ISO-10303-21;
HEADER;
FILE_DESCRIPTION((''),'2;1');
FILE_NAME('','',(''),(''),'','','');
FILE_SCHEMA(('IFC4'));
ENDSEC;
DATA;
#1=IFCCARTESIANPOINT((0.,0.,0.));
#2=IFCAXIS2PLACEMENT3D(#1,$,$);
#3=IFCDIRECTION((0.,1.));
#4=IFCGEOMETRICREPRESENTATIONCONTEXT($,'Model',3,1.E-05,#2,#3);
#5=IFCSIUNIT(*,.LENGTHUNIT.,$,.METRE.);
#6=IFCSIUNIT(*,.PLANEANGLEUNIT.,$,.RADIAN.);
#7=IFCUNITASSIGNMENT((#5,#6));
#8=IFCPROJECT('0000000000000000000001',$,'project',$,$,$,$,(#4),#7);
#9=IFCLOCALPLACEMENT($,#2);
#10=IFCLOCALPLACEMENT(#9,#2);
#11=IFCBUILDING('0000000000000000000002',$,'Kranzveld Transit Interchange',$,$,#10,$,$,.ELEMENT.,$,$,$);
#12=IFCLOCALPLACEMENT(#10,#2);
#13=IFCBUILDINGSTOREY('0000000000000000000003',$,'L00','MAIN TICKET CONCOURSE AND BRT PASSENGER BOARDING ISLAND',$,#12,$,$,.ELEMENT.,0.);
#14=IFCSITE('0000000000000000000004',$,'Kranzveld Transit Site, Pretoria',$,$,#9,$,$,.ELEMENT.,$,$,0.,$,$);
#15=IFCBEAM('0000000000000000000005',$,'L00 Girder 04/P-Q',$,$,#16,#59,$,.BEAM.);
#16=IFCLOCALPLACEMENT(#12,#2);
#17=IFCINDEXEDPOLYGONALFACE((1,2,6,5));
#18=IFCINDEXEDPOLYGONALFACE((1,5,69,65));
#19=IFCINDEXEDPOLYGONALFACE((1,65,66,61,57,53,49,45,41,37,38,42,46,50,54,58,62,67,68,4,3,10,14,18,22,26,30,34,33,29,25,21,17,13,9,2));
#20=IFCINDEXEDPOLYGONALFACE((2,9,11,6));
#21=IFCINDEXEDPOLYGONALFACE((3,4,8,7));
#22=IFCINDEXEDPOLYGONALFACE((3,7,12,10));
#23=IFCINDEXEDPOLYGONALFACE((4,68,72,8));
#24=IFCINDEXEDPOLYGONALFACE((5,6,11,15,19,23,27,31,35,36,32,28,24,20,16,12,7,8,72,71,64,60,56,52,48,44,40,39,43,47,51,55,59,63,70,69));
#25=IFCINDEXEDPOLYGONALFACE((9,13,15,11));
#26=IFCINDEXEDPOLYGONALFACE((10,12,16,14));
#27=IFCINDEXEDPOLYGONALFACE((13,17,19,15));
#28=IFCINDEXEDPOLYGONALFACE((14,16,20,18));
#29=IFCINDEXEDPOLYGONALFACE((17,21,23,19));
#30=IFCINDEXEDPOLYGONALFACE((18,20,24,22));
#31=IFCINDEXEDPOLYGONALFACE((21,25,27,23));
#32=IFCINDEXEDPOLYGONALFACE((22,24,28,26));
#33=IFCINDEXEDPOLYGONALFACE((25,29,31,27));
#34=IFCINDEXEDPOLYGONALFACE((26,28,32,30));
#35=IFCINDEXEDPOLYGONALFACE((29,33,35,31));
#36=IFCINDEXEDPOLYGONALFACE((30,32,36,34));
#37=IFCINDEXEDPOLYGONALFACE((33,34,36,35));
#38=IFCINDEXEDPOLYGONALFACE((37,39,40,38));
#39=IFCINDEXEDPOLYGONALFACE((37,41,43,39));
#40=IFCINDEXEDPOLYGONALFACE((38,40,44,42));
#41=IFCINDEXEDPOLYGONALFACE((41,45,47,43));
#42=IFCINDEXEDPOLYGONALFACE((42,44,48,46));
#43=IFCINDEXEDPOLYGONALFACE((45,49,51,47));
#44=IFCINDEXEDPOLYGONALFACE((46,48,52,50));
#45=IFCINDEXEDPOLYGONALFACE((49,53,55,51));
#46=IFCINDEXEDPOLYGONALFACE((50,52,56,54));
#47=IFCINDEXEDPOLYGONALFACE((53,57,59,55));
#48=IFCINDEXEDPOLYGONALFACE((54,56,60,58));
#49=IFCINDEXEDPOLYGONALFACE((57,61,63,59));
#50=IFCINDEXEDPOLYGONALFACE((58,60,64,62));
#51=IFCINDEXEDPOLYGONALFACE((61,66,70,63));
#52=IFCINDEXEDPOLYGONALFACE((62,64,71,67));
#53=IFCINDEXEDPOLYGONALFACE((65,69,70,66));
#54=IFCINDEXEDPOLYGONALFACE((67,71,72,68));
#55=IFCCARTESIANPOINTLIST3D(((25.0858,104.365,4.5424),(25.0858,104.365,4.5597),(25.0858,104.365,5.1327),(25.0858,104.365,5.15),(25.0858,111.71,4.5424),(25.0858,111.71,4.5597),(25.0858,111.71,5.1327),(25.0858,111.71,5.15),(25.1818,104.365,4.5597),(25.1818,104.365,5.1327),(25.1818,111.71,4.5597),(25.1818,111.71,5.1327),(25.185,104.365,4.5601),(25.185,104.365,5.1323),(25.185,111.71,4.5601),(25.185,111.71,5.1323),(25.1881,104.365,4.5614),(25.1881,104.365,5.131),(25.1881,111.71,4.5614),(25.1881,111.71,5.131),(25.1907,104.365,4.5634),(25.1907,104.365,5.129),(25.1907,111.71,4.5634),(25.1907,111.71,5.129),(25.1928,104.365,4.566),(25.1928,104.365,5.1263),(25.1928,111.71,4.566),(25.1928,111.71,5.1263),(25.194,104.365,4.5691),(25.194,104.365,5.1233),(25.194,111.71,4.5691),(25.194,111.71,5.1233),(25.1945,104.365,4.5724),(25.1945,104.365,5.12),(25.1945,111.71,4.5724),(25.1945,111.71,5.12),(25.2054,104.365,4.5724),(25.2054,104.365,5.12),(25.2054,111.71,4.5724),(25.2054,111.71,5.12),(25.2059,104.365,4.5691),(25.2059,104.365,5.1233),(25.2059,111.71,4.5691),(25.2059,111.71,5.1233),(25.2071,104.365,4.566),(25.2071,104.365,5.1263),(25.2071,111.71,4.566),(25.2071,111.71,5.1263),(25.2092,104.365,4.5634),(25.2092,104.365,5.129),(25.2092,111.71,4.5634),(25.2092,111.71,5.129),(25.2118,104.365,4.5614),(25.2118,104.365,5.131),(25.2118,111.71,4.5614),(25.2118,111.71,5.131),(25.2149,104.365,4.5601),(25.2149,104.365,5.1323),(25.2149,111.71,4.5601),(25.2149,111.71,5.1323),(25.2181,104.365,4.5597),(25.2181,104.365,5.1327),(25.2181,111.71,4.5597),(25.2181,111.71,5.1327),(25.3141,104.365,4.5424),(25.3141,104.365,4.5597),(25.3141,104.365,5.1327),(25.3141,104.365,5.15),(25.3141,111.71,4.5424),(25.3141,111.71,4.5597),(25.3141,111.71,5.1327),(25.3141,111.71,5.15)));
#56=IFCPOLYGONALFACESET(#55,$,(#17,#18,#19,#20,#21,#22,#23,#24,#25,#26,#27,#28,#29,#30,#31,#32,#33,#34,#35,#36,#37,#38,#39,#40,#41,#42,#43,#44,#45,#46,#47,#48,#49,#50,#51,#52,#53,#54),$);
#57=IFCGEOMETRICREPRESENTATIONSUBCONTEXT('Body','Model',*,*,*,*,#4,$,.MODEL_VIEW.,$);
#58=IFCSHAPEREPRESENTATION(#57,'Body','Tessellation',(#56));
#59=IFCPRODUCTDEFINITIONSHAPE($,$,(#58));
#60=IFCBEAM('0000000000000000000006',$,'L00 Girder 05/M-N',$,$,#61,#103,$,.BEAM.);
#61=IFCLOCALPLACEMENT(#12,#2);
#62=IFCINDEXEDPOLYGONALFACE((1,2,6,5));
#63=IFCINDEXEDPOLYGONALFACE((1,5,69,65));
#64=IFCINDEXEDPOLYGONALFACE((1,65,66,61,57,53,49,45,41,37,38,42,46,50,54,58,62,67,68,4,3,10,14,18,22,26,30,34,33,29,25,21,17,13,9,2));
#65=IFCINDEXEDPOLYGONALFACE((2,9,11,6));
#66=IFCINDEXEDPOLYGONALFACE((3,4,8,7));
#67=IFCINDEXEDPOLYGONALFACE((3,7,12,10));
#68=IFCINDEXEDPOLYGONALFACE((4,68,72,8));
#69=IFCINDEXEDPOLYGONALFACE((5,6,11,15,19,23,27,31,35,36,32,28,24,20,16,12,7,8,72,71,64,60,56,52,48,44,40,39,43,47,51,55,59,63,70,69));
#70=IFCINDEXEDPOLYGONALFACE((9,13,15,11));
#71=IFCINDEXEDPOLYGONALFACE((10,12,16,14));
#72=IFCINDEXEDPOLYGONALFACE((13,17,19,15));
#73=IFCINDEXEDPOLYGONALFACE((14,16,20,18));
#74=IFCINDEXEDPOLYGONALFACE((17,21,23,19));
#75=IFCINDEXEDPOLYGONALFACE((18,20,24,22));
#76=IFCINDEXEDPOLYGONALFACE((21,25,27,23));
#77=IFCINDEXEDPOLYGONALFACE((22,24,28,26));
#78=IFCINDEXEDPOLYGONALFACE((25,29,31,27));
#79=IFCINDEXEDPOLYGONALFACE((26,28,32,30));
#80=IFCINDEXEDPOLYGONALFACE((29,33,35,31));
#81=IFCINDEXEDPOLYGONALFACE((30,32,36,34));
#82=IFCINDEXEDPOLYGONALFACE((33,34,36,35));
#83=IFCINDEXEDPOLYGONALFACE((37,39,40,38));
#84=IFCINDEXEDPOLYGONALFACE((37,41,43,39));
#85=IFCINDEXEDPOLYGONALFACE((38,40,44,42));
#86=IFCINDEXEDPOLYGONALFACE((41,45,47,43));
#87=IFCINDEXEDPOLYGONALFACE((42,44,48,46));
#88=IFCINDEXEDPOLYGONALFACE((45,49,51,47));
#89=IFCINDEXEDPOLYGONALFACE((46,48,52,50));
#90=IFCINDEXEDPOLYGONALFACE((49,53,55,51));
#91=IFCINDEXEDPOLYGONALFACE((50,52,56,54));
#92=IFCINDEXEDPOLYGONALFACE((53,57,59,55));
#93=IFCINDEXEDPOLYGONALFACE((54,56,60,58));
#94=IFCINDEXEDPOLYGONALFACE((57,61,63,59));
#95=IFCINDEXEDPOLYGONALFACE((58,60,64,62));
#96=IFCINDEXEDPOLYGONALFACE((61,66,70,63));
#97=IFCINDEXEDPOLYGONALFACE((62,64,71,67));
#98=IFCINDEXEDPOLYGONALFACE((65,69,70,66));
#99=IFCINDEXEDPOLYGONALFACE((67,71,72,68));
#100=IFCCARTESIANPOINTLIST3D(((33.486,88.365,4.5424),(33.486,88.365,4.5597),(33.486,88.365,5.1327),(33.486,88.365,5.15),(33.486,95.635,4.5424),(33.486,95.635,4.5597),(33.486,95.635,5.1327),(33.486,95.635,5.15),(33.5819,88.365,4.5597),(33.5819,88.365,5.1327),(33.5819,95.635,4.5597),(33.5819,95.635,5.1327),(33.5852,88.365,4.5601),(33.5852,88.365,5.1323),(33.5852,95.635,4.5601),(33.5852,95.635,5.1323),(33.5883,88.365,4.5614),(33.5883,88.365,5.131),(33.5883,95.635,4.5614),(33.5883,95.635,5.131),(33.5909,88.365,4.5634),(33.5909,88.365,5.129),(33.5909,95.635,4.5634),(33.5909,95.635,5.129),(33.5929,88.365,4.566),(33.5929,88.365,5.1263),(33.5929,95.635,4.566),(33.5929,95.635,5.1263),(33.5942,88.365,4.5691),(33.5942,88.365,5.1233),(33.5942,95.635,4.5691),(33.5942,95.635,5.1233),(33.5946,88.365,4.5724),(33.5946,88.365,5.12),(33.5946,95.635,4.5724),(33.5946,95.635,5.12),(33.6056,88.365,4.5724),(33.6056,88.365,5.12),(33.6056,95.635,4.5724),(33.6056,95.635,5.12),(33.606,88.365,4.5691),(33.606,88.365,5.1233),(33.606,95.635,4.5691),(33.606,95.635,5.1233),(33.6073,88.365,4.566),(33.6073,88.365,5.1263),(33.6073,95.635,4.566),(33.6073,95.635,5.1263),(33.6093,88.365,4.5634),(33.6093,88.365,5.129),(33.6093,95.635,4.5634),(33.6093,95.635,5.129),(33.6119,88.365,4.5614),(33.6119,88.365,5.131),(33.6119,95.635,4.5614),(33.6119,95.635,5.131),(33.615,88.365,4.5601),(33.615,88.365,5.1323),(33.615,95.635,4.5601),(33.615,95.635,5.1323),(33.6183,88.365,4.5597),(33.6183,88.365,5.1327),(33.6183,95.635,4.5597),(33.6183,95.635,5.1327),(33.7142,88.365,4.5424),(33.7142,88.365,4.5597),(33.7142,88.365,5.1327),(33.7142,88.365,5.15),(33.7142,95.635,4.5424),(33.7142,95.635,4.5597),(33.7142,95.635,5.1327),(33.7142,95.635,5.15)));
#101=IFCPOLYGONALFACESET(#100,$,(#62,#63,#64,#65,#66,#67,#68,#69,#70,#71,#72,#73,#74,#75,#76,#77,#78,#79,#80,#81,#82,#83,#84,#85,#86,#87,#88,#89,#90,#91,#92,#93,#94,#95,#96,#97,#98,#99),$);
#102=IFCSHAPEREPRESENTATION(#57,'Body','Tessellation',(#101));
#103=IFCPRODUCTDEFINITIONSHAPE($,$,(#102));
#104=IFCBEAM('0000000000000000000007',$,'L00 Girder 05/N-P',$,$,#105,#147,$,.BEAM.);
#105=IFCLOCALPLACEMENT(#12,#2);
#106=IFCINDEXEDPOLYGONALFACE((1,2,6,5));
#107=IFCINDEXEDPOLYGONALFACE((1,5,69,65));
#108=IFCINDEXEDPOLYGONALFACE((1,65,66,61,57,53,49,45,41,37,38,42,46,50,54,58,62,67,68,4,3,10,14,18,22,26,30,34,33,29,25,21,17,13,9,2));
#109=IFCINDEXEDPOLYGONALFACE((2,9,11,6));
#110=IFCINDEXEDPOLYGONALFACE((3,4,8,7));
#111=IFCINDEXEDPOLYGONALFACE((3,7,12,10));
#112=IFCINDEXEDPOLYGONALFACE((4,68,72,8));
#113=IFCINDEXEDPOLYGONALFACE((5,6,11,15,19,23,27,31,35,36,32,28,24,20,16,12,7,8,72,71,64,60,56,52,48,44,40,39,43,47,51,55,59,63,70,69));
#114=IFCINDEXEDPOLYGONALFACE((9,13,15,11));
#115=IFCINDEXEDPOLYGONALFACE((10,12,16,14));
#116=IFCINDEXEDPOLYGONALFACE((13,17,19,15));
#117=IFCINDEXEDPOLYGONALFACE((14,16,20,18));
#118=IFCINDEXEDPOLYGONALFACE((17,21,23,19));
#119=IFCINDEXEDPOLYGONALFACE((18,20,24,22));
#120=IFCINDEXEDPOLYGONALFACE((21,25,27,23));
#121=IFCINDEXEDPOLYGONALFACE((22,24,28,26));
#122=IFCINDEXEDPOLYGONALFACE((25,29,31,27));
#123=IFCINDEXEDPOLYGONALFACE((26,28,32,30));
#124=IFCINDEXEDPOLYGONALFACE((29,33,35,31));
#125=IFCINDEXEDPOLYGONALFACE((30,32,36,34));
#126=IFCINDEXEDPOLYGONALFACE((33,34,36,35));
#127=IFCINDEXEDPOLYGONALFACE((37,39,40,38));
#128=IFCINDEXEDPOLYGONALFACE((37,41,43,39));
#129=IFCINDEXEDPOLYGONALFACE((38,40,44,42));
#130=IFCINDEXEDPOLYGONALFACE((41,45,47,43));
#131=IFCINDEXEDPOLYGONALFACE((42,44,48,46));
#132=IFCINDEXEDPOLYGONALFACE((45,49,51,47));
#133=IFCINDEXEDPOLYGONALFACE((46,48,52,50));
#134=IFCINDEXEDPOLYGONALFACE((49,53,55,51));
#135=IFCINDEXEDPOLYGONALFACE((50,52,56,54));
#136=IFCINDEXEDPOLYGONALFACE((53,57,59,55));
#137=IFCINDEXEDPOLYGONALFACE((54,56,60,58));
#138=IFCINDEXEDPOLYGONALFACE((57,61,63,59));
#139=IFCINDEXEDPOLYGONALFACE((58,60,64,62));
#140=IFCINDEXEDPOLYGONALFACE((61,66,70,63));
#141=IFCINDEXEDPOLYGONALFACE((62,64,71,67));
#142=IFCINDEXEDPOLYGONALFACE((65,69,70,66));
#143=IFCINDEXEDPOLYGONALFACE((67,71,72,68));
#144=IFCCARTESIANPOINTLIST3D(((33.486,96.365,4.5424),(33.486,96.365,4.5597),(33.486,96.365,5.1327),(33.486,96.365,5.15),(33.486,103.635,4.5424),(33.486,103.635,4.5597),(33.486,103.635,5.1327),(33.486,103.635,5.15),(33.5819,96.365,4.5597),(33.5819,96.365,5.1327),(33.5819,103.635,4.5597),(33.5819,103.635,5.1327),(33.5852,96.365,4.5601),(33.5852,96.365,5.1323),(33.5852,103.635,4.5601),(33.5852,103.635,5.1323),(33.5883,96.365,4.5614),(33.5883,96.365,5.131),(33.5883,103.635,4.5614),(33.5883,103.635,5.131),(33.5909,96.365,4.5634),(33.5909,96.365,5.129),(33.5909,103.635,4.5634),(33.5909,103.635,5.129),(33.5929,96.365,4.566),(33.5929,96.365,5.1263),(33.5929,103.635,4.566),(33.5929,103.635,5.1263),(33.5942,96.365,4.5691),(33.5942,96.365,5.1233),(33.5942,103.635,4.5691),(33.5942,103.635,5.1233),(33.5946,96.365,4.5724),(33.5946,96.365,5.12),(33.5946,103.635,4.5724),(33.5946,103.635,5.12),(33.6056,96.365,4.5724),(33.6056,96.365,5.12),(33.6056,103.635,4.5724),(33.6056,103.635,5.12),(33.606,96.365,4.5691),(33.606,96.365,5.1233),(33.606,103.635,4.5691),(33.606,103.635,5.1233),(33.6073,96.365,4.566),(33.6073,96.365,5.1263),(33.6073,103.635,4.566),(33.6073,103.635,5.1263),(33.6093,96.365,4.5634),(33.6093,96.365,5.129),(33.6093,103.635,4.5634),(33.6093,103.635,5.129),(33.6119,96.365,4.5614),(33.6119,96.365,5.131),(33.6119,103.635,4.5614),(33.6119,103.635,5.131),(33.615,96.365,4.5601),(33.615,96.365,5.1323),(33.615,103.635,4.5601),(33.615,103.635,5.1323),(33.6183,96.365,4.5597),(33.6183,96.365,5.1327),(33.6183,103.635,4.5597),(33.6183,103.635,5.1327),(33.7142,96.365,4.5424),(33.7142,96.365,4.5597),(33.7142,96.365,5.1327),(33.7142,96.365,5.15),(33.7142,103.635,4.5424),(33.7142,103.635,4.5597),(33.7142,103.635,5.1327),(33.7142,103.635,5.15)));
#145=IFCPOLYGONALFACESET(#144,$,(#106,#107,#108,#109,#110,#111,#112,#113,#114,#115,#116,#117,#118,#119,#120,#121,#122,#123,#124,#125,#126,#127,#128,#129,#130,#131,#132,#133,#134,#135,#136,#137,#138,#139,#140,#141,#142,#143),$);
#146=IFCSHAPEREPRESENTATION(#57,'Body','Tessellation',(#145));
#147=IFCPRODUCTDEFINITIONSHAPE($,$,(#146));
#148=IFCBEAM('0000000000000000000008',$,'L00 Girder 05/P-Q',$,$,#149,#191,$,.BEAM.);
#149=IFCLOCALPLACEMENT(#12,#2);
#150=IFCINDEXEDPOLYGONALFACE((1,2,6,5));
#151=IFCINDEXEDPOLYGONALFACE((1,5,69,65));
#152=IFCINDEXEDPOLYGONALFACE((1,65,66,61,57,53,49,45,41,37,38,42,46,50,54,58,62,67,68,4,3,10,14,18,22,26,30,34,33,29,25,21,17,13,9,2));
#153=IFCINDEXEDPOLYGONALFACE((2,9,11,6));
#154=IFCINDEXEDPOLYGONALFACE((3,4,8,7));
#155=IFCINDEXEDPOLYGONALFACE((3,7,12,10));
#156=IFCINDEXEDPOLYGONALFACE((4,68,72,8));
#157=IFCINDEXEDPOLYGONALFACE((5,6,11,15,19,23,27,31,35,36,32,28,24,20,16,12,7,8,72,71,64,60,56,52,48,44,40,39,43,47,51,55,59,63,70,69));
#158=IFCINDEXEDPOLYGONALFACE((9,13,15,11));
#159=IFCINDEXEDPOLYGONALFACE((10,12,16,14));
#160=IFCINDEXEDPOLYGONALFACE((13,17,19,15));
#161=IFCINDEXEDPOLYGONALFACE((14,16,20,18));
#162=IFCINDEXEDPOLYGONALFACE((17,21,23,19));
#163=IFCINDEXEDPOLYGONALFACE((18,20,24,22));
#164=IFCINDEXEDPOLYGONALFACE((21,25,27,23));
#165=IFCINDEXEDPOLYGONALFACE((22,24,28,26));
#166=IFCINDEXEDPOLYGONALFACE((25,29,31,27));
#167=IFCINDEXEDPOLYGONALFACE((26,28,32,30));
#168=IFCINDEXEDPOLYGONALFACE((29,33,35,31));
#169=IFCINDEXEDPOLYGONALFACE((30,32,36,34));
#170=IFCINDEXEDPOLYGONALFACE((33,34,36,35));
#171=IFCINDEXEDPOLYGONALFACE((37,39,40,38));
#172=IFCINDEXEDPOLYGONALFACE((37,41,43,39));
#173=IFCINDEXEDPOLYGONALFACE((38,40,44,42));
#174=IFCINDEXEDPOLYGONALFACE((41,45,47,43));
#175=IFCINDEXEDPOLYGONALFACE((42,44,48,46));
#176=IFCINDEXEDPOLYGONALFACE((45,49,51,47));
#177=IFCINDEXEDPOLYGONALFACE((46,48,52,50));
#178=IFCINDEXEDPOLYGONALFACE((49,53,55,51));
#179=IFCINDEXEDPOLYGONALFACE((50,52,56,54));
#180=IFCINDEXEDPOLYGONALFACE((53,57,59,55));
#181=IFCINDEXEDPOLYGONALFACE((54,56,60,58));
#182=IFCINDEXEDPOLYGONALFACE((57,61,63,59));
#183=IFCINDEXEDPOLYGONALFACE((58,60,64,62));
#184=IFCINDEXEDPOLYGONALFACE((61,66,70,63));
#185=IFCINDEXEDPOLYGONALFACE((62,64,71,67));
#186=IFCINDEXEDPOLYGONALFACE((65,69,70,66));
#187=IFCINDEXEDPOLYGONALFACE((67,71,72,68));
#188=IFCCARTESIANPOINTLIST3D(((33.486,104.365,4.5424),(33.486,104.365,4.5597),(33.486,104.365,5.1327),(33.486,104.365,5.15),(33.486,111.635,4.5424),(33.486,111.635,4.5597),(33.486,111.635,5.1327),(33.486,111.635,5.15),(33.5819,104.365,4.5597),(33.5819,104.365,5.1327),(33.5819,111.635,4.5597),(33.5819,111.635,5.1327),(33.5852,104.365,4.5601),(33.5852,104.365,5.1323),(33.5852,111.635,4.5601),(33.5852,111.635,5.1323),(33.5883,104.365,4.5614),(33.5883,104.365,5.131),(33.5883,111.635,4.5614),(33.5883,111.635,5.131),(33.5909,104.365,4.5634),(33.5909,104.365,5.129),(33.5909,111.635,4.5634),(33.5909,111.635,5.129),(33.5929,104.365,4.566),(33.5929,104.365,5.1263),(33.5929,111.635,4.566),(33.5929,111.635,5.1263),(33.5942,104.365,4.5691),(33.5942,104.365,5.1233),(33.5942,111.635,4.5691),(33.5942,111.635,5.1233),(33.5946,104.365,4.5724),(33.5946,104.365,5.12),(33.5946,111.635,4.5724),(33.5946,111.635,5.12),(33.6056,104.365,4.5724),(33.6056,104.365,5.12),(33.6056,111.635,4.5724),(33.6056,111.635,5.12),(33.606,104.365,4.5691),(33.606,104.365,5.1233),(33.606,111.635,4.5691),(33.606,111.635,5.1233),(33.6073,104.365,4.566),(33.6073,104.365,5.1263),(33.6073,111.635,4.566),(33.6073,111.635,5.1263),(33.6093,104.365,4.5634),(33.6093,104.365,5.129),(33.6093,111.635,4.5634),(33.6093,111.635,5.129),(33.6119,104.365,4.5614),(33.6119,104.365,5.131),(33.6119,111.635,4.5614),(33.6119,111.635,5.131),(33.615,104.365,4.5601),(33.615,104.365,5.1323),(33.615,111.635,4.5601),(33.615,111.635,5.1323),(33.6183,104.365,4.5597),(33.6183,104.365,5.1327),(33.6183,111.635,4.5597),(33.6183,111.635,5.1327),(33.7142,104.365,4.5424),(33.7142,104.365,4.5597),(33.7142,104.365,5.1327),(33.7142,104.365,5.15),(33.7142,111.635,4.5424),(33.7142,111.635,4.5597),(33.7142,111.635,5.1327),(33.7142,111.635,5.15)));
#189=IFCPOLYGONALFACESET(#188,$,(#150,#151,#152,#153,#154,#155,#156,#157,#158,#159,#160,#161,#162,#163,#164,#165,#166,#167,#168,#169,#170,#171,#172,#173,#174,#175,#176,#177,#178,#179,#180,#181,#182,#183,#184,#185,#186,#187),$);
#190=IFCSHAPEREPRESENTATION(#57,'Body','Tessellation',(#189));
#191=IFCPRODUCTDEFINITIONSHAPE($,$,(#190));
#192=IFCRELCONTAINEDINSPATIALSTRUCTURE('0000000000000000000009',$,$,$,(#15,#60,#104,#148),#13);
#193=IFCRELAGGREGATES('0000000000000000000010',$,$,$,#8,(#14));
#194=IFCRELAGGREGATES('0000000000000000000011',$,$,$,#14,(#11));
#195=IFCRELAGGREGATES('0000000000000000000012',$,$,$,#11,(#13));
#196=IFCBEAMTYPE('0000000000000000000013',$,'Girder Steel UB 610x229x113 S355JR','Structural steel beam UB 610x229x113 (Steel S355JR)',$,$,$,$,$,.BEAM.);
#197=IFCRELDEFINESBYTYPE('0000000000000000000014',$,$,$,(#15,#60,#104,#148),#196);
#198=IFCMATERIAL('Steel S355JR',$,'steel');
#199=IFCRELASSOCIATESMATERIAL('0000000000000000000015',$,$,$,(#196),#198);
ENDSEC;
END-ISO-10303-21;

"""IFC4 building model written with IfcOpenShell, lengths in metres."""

from ifc_helpers import new_model, si_unit, direction, frame, origin, origin_2d, place, context, subcontext, project, spatial, i_section, extrude, material, material_profile, profile_set, type_object, element, save


model = new_model("IFC4")

# Units and contexts
model_context = context("Model", 3, precision=1e-05, world=origin(), true_north=direction((0.0, 1.0)))
body_context = subcontext(model_context, "Body", "Model", "MODEL_VIEW")
ifc_project = project(units=[si_unit("LENGTHUNIT", "METRE"), si_unit("PLANEANGLEUNIT", "RADIAN")], contexts=[model_context])

# Site, building, storey
site_placement = place(None, origin())
site = spatial("IfcSite", under=ifc_project, at=site_placement, Name="Kranzveld Transit Site, Pretoria", CompositionType="ELEMENT", RefElevation=0.0)
building_placement = place(site_placement, origin())
building = spatial("IfcBuilding", under=site, at=building_placement, Name="Kranzveld Transit Interchange", CompositionType="ELEMENT")
storey_placement = place(building_placement, origin())
storey = spatial("IfcBuildingStorey", under=building, at=storey_placement, Name="L00", Description="MAIN TICKET CONCOURSE AND BRT PASSENGER BOARDING ISLAND", CompositionType="ELEMENT", Elevation=0.0)

# Beams
ifc_material_1 = material(Name="Steel S355JR", Category="steel")
ifc_material_profile_1 = material_profile(ifc_material_1, i_section(OverallWidth=0.2283, OverallDepth=0.6077, WebThickness=0.011, FlangeThickness=0.0173, FilletRadius=0.0127, at=origin_2d()), Name="UB 610x229x113")
ifc_profile_set_1 = profile_set([ifc_material_profile_1], Name="Steel S355JR")
beam_type_1 = type_object("IfcBeamType", Name="Girder Steel UB 610x229x113 S355JR", Description="Structural steel beam UB 610x229x113 (Steel S355JR)", PredefinedType="BEAM", material=ifc_profile_set_1)
beam_1_placement = place(storey_placement, frame((25.2, 104.365, 4.8462), z_axis=(0.0, 1.0, 0.0), x_axis=(-1.0, 0.0, 0.0)))
element("IfcBeam", 1, at=beam_1_placement, inside=storey, type_object=beam_type_1, Name="L00 Girder 04/P-Q", PredefinedType="BEAM", context=body_context, shape_type="SweptSolid", body=[
    extrude(i_section(OverallWidth=0.2283, OverallDepth=0.6077, WebThickness=0.011, FlangeThickness=0.0173, FilletRadius=0.0127, at=origin_2d()), origin(), (0.0, 0.0, 1.0), 7.345),
])
for number, where, z_axis, x_axis, name in (
    (2, (33.6001, 88.365, 4.8462), (0.0, 1.0, 0.0), (-1.0, 0.0, 0.0), "L00 Girder 05/M-N"),
    (3, (33.6001, 96.365, 4.8462), (0.0, 1.0, 0.0), (-1.0, 0.0, 0.0), "L00 Girder 05/N-P"),
    (4, (33.6001, 104.365, 4.8462), (0.0, 1.0, 0.0), (-1.0, 0.0, 0.0), "L00 Girder 05/P-Q"),
):
    element("IfcBeam", number, at=place(storey_placement, frame(where, z_axis=z_axis, x_axis=x_axis)), inside=storey, type_object=beam_type_1, Name=name, PredefinedType="BEAM", context=body_context, shape_type="SweptSolid", body=[
        extrude(i_section(OverallWidth=0.2283, OverallDepth=0.6077, WebThickness=0.011, FlangeThickness=0.0173, FilletRadius=0.0127, at=origin_2d()), origin(), (0.0, 0.0, 1.0), 7.27),
    ])

save(model, "model.ifc")
